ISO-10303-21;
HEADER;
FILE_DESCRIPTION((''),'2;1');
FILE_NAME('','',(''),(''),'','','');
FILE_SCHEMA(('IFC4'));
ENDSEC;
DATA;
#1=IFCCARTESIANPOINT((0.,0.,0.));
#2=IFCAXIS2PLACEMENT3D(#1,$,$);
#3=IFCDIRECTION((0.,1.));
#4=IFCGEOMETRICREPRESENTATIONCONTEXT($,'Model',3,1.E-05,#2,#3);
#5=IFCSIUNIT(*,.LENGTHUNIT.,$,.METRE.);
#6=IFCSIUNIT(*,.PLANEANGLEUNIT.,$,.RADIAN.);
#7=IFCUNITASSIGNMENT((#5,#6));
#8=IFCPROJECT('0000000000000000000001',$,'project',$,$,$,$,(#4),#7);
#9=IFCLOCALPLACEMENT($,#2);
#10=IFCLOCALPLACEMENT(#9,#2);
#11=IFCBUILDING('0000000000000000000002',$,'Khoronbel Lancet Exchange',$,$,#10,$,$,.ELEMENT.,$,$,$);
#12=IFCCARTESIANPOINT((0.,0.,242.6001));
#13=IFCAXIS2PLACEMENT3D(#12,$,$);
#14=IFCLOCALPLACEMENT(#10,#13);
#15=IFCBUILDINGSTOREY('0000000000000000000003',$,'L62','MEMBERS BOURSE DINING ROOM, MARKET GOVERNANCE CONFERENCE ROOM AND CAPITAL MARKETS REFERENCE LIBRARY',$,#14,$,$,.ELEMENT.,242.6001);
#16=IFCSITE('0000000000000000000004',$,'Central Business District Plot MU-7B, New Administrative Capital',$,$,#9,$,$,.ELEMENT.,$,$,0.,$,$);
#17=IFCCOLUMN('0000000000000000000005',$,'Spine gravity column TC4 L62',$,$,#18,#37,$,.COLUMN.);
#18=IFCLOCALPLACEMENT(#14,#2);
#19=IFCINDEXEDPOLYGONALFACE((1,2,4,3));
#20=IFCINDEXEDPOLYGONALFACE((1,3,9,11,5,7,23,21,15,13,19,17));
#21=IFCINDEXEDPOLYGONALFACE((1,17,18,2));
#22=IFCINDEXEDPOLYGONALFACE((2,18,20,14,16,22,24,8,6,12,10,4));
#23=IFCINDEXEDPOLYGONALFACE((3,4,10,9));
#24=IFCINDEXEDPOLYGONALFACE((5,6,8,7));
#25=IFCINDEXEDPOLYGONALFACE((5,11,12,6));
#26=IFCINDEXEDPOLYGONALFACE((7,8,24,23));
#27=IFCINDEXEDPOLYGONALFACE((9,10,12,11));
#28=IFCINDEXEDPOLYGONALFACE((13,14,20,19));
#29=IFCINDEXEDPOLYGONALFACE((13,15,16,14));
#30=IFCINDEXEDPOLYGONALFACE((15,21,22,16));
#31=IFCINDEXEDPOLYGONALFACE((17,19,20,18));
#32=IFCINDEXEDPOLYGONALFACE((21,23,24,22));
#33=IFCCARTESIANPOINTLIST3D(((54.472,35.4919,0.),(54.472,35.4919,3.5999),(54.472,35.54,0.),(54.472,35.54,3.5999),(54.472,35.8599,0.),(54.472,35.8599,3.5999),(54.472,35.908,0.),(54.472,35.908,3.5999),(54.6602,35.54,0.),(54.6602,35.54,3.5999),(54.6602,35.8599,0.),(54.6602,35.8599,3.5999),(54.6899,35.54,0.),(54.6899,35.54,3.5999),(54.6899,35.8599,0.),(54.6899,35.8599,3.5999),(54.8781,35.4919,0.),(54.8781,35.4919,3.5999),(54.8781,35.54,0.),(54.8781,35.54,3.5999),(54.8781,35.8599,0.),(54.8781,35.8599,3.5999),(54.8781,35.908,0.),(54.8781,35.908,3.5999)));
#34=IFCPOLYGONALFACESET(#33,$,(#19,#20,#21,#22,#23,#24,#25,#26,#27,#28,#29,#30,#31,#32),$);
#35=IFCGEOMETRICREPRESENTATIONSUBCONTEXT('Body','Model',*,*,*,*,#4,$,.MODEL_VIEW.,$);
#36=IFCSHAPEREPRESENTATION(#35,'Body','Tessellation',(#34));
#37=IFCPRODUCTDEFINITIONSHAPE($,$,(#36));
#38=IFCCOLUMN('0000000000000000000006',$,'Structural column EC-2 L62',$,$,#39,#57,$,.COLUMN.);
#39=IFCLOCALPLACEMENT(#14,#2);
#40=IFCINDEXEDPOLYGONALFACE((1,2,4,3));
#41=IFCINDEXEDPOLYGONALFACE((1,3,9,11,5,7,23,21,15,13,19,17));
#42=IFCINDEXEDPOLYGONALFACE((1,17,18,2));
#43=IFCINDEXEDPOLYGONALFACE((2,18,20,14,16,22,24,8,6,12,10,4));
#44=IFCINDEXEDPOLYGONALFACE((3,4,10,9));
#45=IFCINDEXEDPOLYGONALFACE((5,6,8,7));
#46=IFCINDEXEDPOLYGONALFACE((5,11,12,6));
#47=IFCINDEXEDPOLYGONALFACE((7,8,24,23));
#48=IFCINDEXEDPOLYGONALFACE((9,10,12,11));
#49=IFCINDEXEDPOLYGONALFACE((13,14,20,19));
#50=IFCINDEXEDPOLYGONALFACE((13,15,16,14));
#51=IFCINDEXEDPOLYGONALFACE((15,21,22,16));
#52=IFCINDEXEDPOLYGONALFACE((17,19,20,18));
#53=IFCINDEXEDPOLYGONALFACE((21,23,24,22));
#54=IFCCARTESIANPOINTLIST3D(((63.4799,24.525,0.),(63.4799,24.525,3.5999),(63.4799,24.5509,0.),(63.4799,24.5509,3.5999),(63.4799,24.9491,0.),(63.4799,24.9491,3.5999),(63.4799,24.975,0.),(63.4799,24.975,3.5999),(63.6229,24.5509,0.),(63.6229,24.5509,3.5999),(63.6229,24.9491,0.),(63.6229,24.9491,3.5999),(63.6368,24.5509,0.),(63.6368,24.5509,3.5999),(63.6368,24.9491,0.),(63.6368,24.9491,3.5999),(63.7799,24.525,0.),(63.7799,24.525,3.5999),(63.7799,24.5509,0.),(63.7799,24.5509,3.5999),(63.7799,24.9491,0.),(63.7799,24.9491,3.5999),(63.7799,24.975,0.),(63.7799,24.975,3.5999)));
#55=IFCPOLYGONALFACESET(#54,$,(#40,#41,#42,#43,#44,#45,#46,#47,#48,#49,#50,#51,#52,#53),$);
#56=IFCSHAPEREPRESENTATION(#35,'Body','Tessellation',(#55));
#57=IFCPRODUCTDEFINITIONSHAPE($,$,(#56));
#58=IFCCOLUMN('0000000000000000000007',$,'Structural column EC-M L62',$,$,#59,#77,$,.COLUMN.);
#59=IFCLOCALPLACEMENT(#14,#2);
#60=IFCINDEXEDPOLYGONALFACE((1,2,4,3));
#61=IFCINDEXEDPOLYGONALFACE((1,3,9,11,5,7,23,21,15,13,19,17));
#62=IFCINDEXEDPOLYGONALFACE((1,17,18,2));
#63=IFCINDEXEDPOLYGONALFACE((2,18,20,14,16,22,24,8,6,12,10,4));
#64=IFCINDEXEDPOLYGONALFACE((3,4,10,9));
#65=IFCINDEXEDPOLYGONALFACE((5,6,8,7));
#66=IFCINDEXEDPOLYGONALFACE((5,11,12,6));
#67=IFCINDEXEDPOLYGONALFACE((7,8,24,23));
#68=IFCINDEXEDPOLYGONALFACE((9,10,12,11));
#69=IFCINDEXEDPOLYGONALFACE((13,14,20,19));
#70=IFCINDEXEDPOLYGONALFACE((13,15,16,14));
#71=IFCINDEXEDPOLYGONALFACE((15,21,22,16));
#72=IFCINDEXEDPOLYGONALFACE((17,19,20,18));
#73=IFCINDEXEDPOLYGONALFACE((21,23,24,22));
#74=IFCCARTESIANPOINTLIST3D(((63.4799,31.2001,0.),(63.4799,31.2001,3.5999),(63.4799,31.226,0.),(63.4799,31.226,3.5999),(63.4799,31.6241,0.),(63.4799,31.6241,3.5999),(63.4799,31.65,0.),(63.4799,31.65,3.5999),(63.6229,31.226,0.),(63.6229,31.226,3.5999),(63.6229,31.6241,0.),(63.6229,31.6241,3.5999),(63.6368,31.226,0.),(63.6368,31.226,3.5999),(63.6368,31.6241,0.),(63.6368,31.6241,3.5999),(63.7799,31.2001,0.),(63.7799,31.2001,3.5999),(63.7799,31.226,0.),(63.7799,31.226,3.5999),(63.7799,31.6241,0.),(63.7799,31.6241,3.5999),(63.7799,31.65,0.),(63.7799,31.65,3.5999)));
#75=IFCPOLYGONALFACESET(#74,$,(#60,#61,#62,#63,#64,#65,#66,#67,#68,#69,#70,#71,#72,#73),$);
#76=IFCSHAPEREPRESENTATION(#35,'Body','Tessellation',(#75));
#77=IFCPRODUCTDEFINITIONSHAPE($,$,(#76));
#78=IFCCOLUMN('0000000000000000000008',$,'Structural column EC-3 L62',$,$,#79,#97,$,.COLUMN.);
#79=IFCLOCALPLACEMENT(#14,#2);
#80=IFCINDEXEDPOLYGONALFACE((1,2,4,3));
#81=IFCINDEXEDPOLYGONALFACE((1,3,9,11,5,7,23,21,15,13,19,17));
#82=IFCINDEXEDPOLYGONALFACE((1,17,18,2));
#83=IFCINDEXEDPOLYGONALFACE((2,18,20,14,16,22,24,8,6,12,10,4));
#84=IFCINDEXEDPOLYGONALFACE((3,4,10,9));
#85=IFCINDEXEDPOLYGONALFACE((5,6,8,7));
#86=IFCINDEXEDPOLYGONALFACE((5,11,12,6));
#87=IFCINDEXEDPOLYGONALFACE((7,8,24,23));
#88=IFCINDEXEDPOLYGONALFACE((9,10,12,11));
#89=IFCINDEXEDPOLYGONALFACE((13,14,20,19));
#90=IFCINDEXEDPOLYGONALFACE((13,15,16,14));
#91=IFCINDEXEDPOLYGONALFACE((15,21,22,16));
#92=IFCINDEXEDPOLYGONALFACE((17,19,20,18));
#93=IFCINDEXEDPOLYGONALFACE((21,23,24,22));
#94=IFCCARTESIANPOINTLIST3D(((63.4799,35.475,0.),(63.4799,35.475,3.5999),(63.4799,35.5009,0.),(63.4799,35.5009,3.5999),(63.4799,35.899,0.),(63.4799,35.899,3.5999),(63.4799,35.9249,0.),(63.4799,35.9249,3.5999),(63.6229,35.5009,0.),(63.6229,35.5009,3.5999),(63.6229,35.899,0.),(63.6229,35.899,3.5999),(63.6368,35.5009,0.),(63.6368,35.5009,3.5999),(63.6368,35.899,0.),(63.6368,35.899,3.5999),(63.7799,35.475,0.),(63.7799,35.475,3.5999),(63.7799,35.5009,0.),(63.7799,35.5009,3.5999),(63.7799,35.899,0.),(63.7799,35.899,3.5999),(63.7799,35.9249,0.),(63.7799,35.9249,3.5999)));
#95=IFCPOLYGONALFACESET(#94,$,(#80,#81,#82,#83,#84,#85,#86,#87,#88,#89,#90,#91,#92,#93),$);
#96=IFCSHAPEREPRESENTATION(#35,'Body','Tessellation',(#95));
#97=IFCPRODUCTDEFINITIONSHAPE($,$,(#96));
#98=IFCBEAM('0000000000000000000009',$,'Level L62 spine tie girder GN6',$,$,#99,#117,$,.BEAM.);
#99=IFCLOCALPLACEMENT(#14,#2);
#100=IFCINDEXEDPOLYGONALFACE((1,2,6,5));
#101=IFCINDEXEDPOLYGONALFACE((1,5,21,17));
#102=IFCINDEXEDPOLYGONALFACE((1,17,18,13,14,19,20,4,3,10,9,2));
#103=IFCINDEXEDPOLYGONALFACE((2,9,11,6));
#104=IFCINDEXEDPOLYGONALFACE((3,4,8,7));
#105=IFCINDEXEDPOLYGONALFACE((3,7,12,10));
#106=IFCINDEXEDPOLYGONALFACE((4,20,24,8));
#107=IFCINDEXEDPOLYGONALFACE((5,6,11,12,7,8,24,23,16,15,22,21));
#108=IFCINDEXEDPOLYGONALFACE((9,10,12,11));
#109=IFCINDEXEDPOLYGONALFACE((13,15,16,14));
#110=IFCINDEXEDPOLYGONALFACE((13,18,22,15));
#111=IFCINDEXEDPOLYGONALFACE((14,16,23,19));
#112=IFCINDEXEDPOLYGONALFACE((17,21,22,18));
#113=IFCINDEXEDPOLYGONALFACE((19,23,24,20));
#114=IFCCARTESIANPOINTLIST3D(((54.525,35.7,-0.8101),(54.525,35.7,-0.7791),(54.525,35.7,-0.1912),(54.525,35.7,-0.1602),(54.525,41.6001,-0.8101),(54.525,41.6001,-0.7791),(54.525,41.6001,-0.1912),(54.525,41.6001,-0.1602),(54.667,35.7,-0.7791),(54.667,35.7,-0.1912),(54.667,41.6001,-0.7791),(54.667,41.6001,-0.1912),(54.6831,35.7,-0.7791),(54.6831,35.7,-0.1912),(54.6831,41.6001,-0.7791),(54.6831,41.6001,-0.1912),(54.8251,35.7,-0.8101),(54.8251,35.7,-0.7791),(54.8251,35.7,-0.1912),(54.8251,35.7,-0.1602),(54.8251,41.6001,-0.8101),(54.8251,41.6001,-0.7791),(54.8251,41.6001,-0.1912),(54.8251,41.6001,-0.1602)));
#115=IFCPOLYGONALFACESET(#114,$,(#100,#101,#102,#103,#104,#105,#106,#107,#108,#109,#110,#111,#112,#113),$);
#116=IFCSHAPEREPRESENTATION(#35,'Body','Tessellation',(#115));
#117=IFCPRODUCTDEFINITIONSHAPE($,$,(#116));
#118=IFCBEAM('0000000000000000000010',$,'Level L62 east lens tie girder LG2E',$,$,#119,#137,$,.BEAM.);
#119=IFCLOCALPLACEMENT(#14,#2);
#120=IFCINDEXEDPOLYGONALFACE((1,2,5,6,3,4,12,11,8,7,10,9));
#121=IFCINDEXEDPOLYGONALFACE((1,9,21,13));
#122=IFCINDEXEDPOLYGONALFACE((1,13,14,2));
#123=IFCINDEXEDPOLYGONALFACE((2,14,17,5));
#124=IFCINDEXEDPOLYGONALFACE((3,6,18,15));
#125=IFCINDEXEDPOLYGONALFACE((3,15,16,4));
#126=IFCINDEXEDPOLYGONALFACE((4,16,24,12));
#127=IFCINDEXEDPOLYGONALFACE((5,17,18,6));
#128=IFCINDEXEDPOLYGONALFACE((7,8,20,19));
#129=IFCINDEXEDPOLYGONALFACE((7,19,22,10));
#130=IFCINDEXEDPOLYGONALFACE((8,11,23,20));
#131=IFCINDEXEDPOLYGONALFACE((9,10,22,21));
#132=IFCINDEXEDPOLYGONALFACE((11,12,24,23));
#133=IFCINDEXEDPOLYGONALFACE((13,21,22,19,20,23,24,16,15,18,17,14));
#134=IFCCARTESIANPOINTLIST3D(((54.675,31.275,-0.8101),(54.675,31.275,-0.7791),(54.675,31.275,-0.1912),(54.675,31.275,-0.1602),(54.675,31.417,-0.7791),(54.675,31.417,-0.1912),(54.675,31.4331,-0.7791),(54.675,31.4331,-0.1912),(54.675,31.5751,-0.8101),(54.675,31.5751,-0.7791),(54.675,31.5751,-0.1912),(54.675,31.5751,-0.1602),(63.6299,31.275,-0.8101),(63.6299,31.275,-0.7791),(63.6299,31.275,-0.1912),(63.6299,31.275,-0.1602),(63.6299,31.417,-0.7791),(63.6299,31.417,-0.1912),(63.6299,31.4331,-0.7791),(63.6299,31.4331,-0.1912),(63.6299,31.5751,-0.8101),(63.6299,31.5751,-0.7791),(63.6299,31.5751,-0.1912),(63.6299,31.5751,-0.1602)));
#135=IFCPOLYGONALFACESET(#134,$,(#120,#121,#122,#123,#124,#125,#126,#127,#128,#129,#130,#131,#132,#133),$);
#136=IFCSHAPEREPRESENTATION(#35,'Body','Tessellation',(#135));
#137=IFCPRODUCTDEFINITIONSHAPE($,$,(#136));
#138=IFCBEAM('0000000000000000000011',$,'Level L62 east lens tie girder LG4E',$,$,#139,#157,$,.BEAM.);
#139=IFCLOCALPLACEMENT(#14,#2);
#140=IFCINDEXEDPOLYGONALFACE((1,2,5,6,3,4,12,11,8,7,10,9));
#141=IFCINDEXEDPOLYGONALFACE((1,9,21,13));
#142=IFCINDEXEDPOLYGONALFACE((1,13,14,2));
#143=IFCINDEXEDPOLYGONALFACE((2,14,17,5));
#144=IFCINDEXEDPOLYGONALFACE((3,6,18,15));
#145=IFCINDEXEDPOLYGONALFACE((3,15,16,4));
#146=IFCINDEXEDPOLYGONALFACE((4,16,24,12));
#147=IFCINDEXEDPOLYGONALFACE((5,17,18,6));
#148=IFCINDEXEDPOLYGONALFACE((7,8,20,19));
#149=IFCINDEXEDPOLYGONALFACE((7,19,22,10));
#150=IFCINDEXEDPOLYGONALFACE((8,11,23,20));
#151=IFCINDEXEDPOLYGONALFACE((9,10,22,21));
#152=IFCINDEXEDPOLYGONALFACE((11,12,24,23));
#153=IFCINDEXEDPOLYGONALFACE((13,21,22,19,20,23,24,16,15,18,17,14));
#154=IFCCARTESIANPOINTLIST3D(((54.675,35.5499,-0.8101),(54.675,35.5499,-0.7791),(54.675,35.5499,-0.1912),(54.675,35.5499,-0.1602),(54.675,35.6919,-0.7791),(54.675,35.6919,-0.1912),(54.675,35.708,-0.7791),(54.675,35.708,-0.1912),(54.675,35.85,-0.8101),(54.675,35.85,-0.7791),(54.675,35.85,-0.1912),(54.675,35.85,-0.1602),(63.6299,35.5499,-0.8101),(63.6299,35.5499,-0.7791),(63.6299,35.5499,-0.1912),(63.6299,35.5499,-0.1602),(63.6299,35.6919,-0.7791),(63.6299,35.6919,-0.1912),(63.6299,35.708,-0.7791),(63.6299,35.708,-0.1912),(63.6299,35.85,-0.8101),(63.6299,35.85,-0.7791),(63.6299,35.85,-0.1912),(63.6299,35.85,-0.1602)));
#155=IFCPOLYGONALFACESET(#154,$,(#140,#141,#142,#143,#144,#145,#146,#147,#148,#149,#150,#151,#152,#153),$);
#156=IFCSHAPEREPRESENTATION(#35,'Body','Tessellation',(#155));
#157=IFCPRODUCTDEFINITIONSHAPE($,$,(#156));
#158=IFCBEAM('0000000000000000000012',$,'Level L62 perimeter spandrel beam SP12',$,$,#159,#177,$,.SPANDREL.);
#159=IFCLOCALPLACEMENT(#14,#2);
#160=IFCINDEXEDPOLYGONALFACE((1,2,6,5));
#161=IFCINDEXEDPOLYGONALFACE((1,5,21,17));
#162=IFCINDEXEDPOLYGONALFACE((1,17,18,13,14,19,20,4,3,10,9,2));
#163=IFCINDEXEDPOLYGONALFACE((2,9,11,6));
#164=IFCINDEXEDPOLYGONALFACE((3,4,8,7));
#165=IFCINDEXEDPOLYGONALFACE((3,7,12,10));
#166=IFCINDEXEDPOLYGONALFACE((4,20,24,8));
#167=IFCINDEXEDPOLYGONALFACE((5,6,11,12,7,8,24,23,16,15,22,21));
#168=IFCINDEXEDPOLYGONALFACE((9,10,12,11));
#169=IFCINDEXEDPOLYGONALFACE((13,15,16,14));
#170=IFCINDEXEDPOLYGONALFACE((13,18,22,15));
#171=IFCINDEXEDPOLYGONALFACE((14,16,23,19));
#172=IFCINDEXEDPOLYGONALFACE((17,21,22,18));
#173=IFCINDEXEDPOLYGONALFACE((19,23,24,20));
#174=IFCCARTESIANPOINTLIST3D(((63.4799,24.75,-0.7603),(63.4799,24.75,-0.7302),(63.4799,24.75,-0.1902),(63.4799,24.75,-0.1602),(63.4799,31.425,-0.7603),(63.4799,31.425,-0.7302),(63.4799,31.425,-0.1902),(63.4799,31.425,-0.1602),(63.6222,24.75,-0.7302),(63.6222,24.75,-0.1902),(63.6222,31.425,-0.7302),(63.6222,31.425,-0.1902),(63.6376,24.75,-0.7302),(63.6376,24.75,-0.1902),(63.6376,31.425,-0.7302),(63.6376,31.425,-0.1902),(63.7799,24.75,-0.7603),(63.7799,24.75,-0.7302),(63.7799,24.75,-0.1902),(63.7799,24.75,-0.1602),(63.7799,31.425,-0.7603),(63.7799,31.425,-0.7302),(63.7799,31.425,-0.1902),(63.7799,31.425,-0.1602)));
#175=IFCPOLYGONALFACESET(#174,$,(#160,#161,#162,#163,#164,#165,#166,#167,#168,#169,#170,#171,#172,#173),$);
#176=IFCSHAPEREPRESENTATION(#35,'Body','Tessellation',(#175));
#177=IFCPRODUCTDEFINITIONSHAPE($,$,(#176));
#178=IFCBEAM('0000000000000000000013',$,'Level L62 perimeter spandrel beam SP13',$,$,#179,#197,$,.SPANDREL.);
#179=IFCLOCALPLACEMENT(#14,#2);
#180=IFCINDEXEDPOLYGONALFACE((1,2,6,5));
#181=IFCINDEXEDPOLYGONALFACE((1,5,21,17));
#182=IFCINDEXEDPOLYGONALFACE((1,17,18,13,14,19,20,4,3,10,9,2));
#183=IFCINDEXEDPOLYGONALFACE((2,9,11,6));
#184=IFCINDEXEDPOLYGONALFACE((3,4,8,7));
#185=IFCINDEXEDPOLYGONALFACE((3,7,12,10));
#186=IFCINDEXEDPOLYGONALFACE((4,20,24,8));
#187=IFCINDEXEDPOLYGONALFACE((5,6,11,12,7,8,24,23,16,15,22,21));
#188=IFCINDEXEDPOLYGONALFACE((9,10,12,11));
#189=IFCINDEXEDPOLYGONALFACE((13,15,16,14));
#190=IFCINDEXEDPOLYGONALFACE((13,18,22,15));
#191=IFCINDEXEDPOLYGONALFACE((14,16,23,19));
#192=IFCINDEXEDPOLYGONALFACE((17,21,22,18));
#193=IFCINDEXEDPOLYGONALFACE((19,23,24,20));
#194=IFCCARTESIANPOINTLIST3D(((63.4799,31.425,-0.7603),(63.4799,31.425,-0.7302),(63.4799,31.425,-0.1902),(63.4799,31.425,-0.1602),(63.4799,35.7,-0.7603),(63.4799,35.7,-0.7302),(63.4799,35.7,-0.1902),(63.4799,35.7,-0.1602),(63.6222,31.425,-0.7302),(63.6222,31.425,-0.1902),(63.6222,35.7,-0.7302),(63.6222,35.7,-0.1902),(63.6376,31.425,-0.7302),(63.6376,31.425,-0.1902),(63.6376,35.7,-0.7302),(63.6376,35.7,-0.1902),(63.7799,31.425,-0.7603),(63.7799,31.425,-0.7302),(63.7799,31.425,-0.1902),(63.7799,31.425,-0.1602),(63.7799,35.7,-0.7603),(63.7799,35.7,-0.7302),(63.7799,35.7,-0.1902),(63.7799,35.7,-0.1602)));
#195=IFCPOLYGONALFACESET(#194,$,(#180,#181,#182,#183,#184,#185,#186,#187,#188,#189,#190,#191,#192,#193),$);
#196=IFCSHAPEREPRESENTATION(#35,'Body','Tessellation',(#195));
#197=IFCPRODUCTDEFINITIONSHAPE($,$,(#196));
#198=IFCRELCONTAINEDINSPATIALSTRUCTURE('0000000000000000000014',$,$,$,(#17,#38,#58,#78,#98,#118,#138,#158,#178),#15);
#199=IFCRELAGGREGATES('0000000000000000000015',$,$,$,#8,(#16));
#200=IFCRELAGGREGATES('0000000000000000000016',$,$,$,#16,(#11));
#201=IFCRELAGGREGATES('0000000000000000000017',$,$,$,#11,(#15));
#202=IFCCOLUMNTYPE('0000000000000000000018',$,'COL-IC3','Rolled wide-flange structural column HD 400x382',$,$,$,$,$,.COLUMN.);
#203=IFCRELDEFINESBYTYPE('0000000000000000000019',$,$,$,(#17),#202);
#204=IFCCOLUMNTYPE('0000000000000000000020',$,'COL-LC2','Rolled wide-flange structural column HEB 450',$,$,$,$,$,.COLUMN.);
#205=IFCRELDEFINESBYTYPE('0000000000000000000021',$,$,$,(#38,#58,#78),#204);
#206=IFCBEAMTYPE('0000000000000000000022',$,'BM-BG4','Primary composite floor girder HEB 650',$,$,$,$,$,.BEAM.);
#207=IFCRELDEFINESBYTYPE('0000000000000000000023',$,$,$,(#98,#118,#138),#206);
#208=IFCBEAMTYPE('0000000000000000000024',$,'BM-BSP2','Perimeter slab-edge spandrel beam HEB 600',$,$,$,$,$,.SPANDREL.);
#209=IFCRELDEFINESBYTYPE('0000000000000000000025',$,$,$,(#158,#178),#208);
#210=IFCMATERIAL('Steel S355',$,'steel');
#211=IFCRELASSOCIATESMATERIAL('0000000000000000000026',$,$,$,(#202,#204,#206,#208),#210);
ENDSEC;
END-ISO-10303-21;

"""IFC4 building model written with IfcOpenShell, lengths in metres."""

from ifc_helpers import new_model, si_unit, direction, frame, origin, origin_2d, place, context, subcontext, project, spatial, i_section, extrude, material, material_profile, profile_set, type_object, element, save


model = new_model("IFC4")

# Units and contexts
model_context = context("Model", 3, precision=1e-05, world=origin(), true_north=direction((0.0, 1.0)))
body_context = subcontext(model_context, "Body", "Model", "MODEL_VIEW")
ifc_project = project(units=[si_unit("LENGTHUNIT", "METRE"), si_unit("PLANEANGLEUNIT", "RADIAN")], contexts=[model_context])

# Site, building, storey
site_placement = place(None, origin())
site = spatial("IfcSite", under=ifc_project, at=site_placement, Name="Central Business District Plot MU-7B, New Administrative Capital", CompositionType="ELEMENT", RefElevation=0.0)
building_placement = place(site_placement, origin())
building = spatial("IfcBuilding", under=site, at=building_placement, Name="Khoronbel Lancet Exchange", CompositionType="ELEMENT")
storey_placement = place(building_placement, frame((0.0, 0.0, 242.6001)))
storey = spatial("IfcBuildingStorey", under=building, at=storey_placement, Name="L62", Description="MEMBERS BOURSE DINING ROOM, MARKET GOVERNANCE CONFERENCE ROOM AND CAPITAL MARKETS REFERENCE LIBRARY", CompositionType="ELEMENT", Elevation=242.6001)

# Columns
ifc_material_1 = material(Name="Steel S355", Category="steel")
ifc_material_profile_1 = material_profile(ifc_material_1, i_section(OverallWidth=0.406, OverallDepth=0.416, WebThickness=0.0298, FlangeThickness=0.0481, at=origin_2d()), Name="HD 400x382")
ifc_profile_set_1 = profile_set([ifc_material_profile_1], Name="Steel S355")
column_type_1 = type_object("IfcColumnType", Name="COL-IC3", Description="Rolled wide-flange structural column HD 400x382", PredefinedType="COLUMN", material=ifc_profile_set_1)
column_placement = place(storey_placement, frame((54.675, 35.7, 0.0), z_axis=(0.0, 0.0, 1.0), x_axis=(1.0, 0.0, 0.0)))
element("IfcColumn", 1, at=column_placement, inside=storey, type_object=column_type_1, Name="Spine gravity column TC4 L62", PredefinedType="COLUMN", context=body_context, shape_type="SweptSolid", body=[
    extrude(i_section(OverallWidth=0.406, OverallDepth=0.416, WebThickness=0.0298, FlangeThickness=0.0481, at=origin_2d()), origin(), (0.0, 0.0, 1.0), 3.5999),
])
ifc_material_profile_2 = material_profile(ifc_material_1, i_section(OverallWidth=0.3, OverallDepth=0.45, WebThickness=0.0139, FlangeThickness=0.0259, at=origin_2d()), Name="HEB 450")
ifc_profile_set_2 = profile_set([ifc_material_profile_2], Name="Steel S355")
column_type_2 = type_object("IfcColumnType", Name="COL-LC2", Description="Rolled wide-flange structural column HEB 450", PredefinedType="COLUMN", material=ifc_profile_set_2)
for number, where, z_axis, x_axis, name in (
    (2, (63.6299, 24.75, 0.0), (0.0, 0.0, 1.0), (1.0, 0.0, 0.0), "Structural column EC-2 L62"),
    (3, (63.6299, 31.425, 0.0), (0.0, 0.0, 1.0), (1.0, 0.0, 0.0), "Structural column EC-M L62"),
    (4, (63.6299, 35.7, 0.0), (0.0, 0.0, 1.0), (1.0, 0.0, 0.0), "Structural column EC-3 L62"),
):
    element("IfcColumn", number, at=place(storey_placement, frame(where, z_axis=z_axis, x_axis=x_axis)), inside=storey, type_object=column_type_2, Name=name, PredefinedType="COLUMN", context=body_context, shape_type="SweptSolid", body=[
        extrude(i_section(OverallWidth=0.3, OverallDepth=0.45, WebThickness=0.0139, FlangeThickness=0.0259, at=origin_2d()), origin(), (0.0, 0.0, 1.0), 3.5999),
    ])

# Beams
ifc_material_profile_3 = material_profile(ifc_material_1, i_section(OverallWidth=0.3, OverallDepth=0.6499, WebThickness=0.0161, FlangeThickness=0.031, at=origin_2d()), Name="HEB 650")
ifc_profile_set_3 = profile_set([ifc_material_profile_3], Name="Steel S355")
beam_type_1 = type_object("IfcBeamType", Name="BM-BG4", Description="Primary composite floor girder HEB 650", PredefinedType="BEAM", material=ifc_profile_set_3)
beam_1_placement = place(storey_placement, frame((54.675, 35.7, -0.4851), z_axis=(0.0, 1.0, 0.0), x_axis=(-1.0, 0.0, 0.0)))
element("IfcBeam", 5, at=beam_1_placement, inside=storey, type_object=beam_type_1, Name="Level L62 spine tie girder GN6", PredefinedType="BEAM", context=body_context, shape_type="SweptSolid", body=[
    extrude(i_section(OverallWidth=0.3, OverallDepth=0.6499, WebThickness=0.0161, FlangeThickness=0.031, at=origin_2d()), origin(), (0.0, 0.0, 1.0), 5.9001),
])
for number, where, z_axis, x_axis, name in (
    (6, (54.675, 31.425, -0.4851), (1.0, 0.0, 0.0), (0.0, 1.0, 0.0), "Level L62 east lens tie girder LG2E"),
    (7, (54.675, 35.7, -0.4851), (1.0, 0.0, 0.0), (0.0, 1.0, 0.0), "Level L62 east lens tie girder LG4E"),
):
    element("IfcBeam", number, at=place(storey_placement, frame(where, z_axis=z_axis, x_axis=x_axis)), inside=storey, type_object=beam_type_1, Name=name, PredefinedType="BEAM", context=body_context, shape_type="SweptSolid", body=[
        extrude(i_section(OverallWidth=0.3, OverallDepth=0.6499, WebThickness=0.0161, FlangeThickness=0.031, at=origin_2d()), origin(), (0.0, 0.0, 1.0), 8.9548),
    ])
ifc_material_profile_4 = material_profile(ifc_material_1, i_section(OverallWidth=0.3, OverallDepth=0.6001, WebThickness=0.0154, FlangeThickness=0.03, at=origin_2d()), Name="HEB 600")
ifc_profile_set_4 = profile_set([ifc_material_profile_4], Name="Steel S355")
beam_type_2 = type_object("IfcBeamType", Name="BM-BSP2", Description="Perimeter slab-edge spandrel beam HEB 600", PredefinedType="SPANDREL", material=ifc_profile_set_4)
beam_2_placement = place(storey_placement, frame((63.6299, 24.75, -0.4602), z_axis=(0.0, 1.0, 0.0), x_axis=(-1.0, 0.0, 0.0)))
element("IfcBeam", 8, at=beam_2_placement, inside=storey, type_object=beam_type_2, Name="Level L62 perimeter spandrel beam SP12", PredefinedType="SPANDREL", context=body_context, shape_type="SweptSolid", body=[
    extrude(i_section(OverallWidth=0.3, OverallDepth=0.6001, WebThickness=0.0154, FlangeThickness=0.03, at=origin_2d()), origin(), (0.0, 0.0, 1.0), 6.675),
])
beam_3_placement = place(storey_placement, frame((63.6299, 31.425, -0.4602), z_axis=(0.0, 1.0, 0.0), x_axis=(-1.0, 0.0, 0.0)))
element("IfcBeam", 9, at=beam_3_placement, inside=storey, type_object=beam_type_2, Name="Level L62 perimeter spandrel beam SP13", PredefinedType="SPANDREL", context=body_context, shape_type="SweptSolid", body=[
    extrude(i_section(OverallWidth=0.3, OverallDepth=0.6001, WebThickness=0.0154, FlangeThickness=0.03, at=origin_2d()), origin(), (0.0, 0.0, 1.0), 4.2749),
])

save(model, "model.ifc")
